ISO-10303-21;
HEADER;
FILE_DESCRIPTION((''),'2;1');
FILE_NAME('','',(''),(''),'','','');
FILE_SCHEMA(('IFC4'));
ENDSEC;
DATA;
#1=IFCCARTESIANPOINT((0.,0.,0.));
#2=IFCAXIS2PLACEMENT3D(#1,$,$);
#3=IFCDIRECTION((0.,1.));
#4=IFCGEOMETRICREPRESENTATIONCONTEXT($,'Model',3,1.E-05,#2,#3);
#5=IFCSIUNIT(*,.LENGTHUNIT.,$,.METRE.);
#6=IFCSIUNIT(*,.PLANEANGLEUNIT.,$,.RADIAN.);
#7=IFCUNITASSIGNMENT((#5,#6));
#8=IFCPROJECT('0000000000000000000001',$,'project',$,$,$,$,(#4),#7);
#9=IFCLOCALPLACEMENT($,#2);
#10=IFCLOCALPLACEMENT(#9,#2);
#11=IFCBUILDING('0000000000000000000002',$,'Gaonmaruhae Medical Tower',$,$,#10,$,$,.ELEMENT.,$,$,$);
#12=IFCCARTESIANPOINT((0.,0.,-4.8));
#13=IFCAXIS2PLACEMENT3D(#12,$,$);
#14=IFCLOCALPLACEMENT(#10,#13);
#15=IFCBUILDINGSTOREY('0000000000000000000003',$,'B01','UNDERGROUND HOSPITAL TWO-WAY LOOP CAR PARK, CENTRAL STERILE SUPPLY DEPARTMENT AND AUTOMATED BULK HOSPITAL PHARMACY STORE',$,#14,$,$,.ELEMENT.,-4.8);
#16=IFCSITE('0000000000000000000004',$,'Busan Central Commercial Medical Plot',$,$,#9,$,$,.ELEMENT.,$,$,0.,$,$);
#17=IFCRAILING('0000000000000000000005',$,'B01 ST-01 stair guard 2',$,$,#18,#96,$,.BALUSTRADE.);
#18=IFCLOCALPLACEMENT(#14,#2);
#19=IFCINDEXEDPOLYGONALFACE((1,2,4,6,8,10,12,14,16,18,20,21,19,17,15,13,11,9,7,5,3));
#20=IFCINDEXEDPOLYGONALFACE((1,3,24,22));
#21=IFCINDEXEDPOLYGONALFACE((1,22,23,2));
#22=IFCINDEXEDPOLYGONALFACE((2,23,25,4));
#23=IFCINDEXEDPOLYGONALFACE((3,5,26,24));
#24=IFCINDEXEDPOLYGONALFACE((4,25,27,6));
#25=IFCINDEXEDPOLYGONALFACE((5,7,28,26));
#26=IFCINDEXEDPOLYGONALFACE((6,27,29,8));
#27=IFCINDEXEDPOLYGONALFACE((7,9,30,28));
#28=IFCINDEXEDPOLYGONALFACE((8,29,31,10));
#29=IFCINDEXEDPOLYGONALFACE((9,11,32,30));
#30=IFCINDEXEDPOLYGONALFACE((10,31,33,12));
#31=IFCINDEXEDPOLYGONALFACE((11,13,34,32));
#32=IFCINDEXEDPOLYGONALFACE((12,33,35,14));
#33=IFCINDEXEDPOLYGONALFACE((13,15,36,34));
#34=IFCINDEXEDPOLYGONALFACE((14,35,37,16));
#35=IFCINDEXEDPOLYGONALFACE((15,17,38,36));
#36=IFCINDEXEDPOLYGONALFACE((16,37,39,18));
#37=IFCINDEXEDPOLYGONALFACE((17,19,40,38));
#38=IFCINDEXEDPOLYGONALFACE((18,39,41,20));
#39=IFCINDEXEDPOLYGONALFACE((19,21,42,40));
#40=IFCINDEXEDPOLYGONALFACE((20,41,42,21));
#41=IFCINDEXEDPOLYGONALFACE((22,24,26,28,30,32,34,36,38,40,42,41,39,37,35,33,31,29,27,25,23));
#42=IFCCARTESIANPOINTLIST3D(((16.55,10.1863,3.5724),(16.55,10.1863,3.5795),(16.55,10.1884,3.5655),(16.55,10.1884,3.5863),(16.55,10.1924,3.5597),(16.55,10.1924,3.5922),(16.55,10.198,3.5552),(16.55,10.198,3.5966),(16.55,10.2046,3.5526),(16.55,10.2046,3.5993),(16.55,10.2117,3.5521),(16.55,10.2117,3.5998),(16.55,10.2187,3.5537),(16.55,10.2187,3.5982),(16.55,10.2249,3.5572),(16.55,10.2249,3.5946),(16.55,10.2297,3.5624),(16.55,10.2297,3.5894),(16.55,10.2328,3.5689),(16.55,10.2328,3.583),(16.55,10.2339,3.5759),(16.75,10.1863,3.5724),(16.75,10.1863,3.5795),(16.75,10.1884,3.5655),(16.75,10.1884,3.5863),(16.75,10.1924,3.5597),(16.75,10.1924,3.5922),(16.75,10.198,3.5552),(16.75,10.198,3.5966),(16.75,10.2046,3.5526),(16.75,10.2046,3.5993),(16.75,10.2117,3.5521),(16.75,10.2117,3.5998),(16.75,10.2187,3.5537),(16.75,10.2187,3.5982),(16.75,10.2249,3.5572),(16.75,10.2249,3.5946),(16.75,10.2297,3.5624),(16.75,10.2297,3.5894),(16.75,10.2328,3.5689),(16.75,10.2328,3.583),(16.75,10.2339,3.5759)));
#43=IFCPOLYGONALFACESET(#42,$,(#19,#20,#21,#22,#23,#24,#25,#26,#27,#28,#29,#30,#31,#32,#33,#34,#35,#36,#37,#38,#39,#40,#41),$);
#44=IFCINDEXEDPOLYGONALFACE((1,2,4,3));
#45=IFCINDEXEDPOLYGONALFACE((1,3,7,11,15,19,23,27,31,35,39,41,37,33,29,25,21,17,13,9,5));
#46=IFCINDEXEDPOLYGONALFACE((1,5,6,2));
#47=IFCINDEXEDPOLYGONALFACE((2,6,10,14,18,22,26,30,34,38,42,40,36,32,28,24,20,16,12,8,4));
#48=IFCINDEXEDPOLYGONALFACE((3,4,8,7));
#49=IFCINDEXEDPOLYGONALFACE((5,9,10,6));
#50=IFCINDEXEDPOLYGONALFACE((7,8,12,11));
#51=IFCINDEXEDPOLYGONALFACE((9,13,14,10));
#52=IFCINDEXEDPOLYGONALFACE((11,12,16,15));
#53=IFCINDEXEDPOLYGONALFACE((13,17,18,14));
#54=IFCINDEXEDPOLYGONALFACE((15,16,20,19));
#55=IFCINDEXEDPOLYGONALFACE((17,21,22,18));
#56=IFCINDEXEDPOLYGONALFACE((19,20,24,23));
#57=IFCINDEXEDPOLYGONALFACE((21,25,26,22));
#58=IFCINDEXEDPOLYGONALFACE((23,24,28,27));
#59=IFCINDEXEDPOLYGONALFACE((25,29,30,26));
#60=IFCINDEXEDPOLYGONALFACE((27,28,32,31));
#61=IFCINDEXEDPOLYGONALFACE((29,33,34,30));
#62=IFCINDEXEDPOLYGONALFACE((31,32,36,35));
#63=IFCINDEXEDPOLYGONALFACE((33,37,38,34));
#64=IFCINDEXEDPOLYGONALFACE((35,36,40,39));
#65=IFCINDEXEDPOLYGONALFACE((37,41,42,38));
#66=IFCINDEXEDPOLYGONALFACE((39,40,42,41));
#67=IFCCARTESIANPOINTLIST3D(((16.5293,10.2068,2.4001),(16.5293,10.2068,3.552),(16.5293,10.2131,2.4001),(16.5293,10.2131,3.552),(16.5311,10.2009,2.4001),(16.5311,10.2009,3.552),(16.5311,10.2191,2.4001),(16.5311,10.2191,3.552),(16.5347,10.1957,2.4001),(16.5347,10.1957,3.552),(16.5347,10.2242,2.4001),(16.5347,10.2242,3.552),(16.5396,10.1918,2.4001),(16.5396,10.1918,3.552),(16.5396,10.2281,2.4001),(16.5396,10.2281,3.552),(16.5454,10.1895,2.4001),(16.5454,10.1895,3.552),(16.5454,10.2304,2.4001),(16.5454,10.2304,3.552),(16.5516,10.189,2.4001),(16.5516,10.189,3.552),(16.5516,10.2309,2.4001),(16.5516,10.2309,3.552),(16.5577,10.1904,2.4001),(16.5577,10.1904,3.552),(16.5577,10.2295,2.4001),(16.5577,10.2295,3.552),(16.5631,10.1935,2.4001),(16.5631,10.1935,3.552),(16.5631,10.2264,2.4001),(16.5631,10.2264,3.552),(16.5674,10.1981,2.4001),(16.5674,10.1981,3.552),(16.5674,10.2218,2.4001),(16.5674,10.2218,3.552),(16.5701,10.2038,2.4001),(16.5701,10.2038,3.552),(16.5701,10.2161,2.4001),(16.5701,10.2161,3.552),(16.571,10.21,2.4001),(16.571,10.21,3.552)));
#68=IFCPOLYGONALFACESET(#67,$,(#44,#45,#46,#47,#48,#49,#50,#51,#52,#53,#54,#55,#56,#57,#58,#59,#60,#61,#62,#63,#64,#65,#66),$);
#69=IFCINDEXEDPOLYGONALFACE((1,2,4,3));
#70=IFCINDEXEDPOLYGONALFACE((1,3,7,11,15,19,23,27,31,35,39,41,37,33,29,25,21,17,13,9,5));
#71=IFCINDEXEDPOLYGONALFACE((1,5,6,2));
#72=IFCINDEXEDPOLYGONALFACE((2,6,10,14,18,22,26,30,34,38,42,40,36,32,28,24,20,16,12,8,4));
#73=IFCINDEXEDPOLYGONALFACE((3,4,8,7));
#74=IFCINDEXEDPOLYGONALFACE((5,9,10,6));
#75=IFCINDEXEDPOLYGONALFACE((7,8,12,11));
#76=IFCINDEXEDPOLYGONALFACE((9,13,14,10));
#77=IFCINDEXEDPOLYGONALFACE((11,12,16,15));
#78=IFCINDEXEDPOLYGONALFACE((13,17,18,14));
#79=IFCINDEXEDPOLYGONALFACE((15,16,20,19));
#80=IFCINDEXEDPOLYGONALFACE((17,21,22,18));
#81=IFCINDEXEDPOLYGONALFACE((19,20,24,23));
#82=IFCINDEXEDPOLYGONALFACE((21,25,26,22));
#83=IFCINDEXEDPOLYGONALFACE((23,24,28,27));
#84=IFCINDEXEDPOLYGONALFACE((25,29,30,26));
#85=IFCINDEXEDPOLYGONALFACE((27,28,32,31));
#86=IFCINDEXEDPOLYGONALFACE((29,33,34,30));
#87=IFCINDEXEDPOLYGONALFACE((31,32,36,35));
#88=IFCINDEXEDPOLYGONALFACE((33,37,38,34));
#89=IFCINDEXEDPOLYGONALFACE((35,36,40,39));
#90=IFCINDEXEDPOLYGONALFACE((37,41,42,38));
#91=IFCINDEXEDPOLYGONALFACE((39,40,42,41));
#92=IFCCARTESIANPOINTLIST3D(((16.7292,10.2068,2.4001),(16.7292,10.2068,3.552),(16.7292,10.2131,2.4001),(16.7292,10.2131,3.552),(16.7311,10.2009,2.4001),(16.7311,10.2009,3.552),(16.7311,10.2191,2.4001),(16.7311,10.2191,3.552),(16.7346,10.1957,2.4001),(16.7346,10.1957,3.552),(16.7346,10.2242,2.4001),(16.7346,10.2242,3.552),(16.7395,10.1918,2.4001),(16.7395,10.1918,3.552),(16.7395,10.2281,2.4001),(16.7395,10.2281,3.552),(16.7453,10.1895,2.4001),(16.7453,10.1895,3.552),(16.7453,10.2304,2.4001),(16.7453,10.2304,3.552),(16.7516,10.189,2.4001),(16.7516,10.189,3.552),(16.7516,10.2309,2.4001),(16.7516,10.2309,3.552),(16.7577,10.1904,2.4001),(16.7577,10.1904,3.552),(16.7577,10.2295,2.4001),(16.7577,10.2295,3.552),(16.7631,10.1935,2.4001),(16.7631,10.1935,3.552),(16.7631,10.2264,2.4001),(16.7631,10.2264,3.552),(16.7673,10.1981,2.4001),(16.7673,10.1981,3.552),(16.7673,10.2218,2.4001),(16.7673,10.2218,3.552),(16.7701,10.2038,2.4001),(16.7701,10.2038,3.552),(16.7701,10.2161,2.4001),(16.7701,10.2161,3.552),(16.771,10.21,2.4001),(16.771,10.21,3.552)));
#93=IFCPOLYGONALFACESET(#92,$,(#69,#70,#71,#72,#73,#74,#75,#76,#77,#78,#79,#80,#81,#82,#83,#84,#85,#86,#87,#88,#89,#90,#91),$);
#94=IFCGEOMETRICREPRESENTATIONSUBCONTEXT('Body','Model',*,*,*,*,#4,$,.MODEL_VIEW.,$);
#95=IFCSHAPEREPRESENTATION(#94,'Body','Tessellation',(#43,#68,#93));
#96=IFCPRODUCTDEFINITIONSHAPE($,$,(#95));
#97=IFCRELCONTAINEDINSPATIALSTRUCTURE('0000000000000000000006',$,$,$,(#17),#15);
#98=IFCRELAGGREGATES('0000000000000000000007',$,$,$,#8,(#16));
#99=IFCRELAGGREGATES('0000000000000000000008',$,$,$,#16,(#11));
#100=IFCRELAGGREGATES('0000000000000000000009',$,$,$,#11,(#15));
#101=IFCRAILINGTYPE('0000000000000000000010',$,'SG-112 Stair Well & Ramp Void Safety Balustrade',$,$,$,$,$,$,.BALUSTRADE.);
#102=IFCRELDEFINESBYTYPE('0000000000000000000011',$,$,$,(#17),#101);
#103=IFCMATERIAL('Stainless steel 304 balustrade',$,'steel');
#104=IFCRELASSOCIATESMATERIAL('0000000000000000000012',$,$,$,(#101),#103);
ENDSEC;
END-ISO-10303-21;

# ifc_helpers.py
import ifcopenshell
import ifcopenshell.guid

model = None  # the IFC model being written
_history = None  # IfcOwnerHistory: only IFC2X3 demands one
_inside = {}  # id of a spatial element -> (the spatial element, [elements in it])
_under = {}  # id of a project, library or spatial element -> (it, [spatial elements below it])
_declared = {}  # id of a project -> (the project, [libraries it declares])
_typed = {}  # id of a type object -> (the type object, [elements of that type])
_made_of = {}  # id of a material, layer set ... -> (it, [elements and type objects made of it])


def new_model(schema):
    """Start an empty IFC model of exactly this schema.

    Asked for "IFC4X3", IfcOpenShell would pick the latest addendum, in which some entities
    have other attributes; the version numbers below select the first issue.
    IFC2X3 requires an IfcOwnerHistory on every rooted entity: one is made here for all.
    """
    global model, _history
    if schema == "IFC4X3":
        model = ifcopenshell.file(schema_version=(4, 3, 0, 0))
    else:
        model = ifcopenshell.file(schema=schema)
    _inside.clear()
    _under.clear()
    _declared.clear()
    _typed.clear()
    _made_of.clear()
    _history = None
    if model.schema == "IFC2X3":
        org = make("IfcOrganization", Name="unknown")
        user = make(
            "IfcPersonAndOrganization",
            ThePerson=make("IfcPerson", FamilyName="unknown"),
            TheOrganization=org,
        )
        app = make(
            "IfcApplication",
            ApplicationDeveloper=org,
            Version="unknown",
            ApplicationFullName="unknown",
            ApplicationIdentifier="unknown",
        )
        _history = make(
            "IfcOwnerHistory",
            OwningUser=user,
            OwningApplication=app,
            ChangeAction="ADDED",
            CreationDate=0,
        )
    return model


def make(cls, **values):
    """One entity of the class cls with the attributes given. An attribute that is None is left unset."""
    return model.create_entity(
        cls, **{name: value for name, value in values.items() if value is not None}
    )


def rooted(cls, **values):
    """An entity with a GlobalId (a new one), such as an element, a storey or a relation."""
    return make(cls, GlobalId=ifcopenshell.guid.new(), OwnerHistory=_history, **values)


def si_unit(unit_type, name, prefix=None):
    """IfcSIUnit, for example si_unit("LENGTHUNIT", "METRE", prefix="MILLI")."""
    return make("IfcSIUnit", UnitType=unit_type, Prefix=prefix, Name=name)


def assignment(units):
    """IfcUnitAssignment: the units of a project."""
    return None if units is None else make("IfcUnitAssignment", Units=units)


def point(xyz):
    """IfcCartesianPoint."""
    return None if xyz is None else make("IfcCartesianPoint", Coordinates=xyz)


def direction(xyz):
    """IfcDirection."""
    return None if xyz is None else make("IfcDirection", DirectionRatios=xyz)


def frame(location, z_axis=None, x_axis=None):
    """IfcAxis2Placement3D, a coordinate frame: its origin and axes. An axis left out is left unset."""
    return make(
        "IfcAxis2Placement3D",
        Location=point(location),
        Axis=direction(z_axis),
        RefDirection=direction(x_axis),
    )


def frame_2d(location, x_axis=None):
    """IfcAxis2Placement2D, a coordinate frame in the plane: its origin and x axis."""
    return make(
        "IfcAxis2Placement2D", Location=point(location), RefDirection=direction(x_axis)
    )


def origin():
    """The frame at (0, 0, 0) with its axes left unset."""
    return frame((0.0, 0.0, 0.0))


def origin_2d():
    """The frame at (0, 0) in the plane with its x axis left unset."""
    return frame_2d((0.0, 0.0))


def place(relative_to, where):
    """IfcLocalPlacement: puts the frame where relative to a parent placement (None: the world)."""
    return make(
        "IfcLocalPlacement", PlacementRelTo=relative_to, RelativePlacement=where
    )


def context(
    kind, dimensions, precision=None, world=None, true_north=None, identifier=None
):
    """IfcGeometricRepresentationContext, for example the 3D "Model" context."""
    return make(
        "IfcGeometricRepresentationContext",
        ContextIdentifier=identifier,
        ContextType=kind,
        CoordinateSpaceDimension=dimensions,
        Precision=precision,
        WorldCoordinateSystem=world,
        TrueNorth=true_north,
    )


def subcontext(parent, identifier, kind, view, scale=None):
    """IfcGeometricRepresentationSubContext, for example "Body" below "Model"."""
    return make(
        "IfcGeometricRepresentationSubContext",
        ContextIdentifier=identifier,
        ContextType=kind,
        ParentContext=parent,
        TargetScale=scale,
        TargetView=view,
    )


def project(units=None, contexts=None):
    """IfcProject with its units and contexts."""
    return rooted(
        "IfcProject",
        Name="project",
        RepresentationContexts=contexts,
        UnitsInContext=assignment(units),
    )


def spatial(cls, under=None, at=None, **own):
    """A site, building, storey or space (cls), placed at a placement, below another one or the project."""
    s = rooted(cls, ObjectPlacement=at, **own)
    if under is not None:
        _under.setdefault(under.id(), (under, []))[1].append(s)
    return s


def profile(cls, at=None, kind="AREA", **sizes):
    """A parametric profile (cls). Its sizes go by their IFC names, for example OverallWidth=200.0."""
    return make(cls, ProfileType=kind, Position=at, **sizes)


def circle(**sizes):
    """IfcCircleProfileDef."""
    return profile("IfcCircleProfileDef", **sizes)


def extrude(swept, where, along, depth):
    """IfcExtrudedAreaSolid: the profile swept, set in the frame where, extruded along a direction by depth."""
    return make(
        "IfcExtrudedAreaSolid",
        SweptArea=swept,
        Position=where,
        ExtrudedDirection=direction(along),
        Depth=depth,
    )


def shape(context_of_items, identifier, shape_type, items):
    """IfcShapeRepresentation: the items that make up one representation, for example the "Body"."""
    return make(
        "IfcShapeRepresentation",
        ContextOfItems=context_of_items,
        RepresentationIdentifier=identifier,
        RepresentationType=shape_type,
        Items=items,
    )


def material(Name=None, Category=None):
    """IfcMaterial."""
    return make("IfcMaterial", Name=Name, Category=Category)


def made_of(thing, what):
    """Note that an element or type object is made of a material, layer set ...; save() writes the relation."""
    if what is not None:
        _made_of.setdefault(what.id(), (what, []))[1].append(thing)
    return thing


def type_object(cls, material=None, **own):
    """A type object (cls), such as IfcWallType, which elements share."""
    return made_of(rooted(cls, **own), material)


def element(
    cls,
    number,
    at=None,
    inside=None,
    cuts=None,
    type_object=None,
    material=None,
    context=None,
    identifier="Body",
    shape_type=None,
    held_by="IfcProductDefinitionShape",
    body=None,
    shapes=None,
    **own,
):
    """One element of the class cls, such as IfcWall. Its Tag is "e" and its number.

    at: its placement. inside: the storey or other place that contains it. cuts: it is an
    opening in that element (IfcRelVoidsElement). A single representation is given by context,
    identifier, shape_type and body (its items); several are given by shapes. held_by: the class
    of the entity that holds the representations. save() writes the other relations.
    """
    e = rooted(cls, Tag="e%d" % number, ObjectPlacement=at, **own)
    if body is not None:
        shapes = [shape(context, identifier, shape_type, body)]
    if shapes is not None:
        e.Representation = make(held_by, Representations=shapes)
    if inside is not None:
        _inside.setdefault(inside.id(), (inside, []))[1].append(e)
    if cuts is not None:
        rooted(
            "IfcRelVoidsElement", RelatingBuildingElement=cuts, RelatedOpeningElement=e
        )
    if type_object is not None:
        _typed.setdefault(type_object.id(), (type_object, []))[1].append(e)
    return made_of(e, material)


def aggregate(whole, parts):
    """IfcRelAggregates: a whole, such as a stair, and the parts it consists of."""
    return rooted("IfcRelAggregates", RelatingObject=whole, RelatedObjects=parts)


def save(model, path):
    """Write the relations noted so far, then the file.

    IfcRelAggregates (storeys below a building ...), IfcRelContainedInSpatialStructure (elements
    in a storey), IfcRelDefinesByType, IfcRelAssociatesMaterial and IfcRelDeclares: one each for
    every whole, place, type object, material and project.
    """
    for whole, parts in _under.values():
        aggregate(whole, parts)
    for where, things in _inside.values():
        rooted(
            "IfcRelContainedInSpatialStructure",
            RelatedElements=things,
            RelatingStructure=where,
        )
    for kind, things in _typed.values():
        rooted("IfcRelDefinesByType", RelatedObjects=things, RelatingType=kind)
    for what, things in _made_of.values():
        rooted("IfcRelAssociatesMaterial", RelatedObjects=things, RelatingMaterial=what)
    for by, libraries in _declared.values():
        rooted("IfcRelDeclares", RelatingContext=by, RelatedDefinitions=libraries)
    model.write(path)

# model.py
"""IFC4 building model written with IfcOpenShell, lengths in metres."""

from ifc_helpers import new_model, si_unit, direction, frame, origin, origin_2d, place, context, subcontext, project, spatial, circle, extrude, material, type_object, element, save


model = new_model("IFC4")

# Units and contexts
model_context = context("Model", 3, precision=1e-05, world=origin(), true_north=direction((0.0, 1.0)))
body_context = subcontext(model_context, "Body", "Model", "MODEL_VIEW")
ifc_project = project(units=[si_unit("LENGTHUNIT", "METRE"), si_unit("PLANEANGLEUNIT", "RADIAN")], contexts=[model_context])

# Site, building, storey
site_placement = place(None, origin())
site = spatial("IfcSite", under=ifc_project, at=site_placement, Name="Busan Central Commercial Medical Plot", CompositionType="ELEMENT", RefElevation=0.0)
building_placement = place(site_placement, origin())
building = spatial("IfcBuilding", under=site, at=building_placement, Name="Gaonmaruhae Medical Tower", CompositionType="ELEMENT")
storey_placement = place(building_placement, frame((0.0, 0.0, -4.8)))
storey = spatial("IfcBuildingStorey", under=building, at=storey_placement, Name="B01", Description="UNDERGROUND HOSPITAL TWO-WAY LOOP CAR PARK, CENTRAL STERILE SUPPLY DEPARTMENT AND AUTOMATED BULK HOSPITAL PHARMACY STORE", CompositionType="ELEMENT", Elevation=-4.8)

# Railing
ifc_material_1 = material(Name="Stainless steel 304 balustrade", Category="steel")
railing_type_1 = type_object("IfcRailingType", Name="SG-112 Stair Well & Ramp Void Safety Balustrade", PredefinedType="BALUSTRADE", material=ifc_material_1)
railing_1_placement = place(storey_placement, frame((16.55, 10.21, 2.4001)))
element("IfcRailing", 1, at=railing_1_placement, inside=storey, type_object=railing_type_1, Name="B01 ST-01 stair guard 2", PredefinedType="BALUSTRADE", context=body_context, shape_type="SweptSolid", body=[
    extrude(circle(Radius=0.0239, at=origin_2d()), frame((0.0, 0.0, 1.1758), z_axis=(1.0, 0.0, 0.0), x_axis=(0.0, 1.0, 0.0)), (0.0, 0.0, 1.0), 0.2),
    extrude(circle(Radius=0.021, at=origin_2d()), origin(), (0.0, 0.0, 1.0), 1.1519),
    extrude(circle(Radius=0.021, at=origin_2d()), frame((0.2, 0.0, 0.0)), (0.0, 0.0, 1.0), 1.1519),
])

save(model, "model.ifc")
